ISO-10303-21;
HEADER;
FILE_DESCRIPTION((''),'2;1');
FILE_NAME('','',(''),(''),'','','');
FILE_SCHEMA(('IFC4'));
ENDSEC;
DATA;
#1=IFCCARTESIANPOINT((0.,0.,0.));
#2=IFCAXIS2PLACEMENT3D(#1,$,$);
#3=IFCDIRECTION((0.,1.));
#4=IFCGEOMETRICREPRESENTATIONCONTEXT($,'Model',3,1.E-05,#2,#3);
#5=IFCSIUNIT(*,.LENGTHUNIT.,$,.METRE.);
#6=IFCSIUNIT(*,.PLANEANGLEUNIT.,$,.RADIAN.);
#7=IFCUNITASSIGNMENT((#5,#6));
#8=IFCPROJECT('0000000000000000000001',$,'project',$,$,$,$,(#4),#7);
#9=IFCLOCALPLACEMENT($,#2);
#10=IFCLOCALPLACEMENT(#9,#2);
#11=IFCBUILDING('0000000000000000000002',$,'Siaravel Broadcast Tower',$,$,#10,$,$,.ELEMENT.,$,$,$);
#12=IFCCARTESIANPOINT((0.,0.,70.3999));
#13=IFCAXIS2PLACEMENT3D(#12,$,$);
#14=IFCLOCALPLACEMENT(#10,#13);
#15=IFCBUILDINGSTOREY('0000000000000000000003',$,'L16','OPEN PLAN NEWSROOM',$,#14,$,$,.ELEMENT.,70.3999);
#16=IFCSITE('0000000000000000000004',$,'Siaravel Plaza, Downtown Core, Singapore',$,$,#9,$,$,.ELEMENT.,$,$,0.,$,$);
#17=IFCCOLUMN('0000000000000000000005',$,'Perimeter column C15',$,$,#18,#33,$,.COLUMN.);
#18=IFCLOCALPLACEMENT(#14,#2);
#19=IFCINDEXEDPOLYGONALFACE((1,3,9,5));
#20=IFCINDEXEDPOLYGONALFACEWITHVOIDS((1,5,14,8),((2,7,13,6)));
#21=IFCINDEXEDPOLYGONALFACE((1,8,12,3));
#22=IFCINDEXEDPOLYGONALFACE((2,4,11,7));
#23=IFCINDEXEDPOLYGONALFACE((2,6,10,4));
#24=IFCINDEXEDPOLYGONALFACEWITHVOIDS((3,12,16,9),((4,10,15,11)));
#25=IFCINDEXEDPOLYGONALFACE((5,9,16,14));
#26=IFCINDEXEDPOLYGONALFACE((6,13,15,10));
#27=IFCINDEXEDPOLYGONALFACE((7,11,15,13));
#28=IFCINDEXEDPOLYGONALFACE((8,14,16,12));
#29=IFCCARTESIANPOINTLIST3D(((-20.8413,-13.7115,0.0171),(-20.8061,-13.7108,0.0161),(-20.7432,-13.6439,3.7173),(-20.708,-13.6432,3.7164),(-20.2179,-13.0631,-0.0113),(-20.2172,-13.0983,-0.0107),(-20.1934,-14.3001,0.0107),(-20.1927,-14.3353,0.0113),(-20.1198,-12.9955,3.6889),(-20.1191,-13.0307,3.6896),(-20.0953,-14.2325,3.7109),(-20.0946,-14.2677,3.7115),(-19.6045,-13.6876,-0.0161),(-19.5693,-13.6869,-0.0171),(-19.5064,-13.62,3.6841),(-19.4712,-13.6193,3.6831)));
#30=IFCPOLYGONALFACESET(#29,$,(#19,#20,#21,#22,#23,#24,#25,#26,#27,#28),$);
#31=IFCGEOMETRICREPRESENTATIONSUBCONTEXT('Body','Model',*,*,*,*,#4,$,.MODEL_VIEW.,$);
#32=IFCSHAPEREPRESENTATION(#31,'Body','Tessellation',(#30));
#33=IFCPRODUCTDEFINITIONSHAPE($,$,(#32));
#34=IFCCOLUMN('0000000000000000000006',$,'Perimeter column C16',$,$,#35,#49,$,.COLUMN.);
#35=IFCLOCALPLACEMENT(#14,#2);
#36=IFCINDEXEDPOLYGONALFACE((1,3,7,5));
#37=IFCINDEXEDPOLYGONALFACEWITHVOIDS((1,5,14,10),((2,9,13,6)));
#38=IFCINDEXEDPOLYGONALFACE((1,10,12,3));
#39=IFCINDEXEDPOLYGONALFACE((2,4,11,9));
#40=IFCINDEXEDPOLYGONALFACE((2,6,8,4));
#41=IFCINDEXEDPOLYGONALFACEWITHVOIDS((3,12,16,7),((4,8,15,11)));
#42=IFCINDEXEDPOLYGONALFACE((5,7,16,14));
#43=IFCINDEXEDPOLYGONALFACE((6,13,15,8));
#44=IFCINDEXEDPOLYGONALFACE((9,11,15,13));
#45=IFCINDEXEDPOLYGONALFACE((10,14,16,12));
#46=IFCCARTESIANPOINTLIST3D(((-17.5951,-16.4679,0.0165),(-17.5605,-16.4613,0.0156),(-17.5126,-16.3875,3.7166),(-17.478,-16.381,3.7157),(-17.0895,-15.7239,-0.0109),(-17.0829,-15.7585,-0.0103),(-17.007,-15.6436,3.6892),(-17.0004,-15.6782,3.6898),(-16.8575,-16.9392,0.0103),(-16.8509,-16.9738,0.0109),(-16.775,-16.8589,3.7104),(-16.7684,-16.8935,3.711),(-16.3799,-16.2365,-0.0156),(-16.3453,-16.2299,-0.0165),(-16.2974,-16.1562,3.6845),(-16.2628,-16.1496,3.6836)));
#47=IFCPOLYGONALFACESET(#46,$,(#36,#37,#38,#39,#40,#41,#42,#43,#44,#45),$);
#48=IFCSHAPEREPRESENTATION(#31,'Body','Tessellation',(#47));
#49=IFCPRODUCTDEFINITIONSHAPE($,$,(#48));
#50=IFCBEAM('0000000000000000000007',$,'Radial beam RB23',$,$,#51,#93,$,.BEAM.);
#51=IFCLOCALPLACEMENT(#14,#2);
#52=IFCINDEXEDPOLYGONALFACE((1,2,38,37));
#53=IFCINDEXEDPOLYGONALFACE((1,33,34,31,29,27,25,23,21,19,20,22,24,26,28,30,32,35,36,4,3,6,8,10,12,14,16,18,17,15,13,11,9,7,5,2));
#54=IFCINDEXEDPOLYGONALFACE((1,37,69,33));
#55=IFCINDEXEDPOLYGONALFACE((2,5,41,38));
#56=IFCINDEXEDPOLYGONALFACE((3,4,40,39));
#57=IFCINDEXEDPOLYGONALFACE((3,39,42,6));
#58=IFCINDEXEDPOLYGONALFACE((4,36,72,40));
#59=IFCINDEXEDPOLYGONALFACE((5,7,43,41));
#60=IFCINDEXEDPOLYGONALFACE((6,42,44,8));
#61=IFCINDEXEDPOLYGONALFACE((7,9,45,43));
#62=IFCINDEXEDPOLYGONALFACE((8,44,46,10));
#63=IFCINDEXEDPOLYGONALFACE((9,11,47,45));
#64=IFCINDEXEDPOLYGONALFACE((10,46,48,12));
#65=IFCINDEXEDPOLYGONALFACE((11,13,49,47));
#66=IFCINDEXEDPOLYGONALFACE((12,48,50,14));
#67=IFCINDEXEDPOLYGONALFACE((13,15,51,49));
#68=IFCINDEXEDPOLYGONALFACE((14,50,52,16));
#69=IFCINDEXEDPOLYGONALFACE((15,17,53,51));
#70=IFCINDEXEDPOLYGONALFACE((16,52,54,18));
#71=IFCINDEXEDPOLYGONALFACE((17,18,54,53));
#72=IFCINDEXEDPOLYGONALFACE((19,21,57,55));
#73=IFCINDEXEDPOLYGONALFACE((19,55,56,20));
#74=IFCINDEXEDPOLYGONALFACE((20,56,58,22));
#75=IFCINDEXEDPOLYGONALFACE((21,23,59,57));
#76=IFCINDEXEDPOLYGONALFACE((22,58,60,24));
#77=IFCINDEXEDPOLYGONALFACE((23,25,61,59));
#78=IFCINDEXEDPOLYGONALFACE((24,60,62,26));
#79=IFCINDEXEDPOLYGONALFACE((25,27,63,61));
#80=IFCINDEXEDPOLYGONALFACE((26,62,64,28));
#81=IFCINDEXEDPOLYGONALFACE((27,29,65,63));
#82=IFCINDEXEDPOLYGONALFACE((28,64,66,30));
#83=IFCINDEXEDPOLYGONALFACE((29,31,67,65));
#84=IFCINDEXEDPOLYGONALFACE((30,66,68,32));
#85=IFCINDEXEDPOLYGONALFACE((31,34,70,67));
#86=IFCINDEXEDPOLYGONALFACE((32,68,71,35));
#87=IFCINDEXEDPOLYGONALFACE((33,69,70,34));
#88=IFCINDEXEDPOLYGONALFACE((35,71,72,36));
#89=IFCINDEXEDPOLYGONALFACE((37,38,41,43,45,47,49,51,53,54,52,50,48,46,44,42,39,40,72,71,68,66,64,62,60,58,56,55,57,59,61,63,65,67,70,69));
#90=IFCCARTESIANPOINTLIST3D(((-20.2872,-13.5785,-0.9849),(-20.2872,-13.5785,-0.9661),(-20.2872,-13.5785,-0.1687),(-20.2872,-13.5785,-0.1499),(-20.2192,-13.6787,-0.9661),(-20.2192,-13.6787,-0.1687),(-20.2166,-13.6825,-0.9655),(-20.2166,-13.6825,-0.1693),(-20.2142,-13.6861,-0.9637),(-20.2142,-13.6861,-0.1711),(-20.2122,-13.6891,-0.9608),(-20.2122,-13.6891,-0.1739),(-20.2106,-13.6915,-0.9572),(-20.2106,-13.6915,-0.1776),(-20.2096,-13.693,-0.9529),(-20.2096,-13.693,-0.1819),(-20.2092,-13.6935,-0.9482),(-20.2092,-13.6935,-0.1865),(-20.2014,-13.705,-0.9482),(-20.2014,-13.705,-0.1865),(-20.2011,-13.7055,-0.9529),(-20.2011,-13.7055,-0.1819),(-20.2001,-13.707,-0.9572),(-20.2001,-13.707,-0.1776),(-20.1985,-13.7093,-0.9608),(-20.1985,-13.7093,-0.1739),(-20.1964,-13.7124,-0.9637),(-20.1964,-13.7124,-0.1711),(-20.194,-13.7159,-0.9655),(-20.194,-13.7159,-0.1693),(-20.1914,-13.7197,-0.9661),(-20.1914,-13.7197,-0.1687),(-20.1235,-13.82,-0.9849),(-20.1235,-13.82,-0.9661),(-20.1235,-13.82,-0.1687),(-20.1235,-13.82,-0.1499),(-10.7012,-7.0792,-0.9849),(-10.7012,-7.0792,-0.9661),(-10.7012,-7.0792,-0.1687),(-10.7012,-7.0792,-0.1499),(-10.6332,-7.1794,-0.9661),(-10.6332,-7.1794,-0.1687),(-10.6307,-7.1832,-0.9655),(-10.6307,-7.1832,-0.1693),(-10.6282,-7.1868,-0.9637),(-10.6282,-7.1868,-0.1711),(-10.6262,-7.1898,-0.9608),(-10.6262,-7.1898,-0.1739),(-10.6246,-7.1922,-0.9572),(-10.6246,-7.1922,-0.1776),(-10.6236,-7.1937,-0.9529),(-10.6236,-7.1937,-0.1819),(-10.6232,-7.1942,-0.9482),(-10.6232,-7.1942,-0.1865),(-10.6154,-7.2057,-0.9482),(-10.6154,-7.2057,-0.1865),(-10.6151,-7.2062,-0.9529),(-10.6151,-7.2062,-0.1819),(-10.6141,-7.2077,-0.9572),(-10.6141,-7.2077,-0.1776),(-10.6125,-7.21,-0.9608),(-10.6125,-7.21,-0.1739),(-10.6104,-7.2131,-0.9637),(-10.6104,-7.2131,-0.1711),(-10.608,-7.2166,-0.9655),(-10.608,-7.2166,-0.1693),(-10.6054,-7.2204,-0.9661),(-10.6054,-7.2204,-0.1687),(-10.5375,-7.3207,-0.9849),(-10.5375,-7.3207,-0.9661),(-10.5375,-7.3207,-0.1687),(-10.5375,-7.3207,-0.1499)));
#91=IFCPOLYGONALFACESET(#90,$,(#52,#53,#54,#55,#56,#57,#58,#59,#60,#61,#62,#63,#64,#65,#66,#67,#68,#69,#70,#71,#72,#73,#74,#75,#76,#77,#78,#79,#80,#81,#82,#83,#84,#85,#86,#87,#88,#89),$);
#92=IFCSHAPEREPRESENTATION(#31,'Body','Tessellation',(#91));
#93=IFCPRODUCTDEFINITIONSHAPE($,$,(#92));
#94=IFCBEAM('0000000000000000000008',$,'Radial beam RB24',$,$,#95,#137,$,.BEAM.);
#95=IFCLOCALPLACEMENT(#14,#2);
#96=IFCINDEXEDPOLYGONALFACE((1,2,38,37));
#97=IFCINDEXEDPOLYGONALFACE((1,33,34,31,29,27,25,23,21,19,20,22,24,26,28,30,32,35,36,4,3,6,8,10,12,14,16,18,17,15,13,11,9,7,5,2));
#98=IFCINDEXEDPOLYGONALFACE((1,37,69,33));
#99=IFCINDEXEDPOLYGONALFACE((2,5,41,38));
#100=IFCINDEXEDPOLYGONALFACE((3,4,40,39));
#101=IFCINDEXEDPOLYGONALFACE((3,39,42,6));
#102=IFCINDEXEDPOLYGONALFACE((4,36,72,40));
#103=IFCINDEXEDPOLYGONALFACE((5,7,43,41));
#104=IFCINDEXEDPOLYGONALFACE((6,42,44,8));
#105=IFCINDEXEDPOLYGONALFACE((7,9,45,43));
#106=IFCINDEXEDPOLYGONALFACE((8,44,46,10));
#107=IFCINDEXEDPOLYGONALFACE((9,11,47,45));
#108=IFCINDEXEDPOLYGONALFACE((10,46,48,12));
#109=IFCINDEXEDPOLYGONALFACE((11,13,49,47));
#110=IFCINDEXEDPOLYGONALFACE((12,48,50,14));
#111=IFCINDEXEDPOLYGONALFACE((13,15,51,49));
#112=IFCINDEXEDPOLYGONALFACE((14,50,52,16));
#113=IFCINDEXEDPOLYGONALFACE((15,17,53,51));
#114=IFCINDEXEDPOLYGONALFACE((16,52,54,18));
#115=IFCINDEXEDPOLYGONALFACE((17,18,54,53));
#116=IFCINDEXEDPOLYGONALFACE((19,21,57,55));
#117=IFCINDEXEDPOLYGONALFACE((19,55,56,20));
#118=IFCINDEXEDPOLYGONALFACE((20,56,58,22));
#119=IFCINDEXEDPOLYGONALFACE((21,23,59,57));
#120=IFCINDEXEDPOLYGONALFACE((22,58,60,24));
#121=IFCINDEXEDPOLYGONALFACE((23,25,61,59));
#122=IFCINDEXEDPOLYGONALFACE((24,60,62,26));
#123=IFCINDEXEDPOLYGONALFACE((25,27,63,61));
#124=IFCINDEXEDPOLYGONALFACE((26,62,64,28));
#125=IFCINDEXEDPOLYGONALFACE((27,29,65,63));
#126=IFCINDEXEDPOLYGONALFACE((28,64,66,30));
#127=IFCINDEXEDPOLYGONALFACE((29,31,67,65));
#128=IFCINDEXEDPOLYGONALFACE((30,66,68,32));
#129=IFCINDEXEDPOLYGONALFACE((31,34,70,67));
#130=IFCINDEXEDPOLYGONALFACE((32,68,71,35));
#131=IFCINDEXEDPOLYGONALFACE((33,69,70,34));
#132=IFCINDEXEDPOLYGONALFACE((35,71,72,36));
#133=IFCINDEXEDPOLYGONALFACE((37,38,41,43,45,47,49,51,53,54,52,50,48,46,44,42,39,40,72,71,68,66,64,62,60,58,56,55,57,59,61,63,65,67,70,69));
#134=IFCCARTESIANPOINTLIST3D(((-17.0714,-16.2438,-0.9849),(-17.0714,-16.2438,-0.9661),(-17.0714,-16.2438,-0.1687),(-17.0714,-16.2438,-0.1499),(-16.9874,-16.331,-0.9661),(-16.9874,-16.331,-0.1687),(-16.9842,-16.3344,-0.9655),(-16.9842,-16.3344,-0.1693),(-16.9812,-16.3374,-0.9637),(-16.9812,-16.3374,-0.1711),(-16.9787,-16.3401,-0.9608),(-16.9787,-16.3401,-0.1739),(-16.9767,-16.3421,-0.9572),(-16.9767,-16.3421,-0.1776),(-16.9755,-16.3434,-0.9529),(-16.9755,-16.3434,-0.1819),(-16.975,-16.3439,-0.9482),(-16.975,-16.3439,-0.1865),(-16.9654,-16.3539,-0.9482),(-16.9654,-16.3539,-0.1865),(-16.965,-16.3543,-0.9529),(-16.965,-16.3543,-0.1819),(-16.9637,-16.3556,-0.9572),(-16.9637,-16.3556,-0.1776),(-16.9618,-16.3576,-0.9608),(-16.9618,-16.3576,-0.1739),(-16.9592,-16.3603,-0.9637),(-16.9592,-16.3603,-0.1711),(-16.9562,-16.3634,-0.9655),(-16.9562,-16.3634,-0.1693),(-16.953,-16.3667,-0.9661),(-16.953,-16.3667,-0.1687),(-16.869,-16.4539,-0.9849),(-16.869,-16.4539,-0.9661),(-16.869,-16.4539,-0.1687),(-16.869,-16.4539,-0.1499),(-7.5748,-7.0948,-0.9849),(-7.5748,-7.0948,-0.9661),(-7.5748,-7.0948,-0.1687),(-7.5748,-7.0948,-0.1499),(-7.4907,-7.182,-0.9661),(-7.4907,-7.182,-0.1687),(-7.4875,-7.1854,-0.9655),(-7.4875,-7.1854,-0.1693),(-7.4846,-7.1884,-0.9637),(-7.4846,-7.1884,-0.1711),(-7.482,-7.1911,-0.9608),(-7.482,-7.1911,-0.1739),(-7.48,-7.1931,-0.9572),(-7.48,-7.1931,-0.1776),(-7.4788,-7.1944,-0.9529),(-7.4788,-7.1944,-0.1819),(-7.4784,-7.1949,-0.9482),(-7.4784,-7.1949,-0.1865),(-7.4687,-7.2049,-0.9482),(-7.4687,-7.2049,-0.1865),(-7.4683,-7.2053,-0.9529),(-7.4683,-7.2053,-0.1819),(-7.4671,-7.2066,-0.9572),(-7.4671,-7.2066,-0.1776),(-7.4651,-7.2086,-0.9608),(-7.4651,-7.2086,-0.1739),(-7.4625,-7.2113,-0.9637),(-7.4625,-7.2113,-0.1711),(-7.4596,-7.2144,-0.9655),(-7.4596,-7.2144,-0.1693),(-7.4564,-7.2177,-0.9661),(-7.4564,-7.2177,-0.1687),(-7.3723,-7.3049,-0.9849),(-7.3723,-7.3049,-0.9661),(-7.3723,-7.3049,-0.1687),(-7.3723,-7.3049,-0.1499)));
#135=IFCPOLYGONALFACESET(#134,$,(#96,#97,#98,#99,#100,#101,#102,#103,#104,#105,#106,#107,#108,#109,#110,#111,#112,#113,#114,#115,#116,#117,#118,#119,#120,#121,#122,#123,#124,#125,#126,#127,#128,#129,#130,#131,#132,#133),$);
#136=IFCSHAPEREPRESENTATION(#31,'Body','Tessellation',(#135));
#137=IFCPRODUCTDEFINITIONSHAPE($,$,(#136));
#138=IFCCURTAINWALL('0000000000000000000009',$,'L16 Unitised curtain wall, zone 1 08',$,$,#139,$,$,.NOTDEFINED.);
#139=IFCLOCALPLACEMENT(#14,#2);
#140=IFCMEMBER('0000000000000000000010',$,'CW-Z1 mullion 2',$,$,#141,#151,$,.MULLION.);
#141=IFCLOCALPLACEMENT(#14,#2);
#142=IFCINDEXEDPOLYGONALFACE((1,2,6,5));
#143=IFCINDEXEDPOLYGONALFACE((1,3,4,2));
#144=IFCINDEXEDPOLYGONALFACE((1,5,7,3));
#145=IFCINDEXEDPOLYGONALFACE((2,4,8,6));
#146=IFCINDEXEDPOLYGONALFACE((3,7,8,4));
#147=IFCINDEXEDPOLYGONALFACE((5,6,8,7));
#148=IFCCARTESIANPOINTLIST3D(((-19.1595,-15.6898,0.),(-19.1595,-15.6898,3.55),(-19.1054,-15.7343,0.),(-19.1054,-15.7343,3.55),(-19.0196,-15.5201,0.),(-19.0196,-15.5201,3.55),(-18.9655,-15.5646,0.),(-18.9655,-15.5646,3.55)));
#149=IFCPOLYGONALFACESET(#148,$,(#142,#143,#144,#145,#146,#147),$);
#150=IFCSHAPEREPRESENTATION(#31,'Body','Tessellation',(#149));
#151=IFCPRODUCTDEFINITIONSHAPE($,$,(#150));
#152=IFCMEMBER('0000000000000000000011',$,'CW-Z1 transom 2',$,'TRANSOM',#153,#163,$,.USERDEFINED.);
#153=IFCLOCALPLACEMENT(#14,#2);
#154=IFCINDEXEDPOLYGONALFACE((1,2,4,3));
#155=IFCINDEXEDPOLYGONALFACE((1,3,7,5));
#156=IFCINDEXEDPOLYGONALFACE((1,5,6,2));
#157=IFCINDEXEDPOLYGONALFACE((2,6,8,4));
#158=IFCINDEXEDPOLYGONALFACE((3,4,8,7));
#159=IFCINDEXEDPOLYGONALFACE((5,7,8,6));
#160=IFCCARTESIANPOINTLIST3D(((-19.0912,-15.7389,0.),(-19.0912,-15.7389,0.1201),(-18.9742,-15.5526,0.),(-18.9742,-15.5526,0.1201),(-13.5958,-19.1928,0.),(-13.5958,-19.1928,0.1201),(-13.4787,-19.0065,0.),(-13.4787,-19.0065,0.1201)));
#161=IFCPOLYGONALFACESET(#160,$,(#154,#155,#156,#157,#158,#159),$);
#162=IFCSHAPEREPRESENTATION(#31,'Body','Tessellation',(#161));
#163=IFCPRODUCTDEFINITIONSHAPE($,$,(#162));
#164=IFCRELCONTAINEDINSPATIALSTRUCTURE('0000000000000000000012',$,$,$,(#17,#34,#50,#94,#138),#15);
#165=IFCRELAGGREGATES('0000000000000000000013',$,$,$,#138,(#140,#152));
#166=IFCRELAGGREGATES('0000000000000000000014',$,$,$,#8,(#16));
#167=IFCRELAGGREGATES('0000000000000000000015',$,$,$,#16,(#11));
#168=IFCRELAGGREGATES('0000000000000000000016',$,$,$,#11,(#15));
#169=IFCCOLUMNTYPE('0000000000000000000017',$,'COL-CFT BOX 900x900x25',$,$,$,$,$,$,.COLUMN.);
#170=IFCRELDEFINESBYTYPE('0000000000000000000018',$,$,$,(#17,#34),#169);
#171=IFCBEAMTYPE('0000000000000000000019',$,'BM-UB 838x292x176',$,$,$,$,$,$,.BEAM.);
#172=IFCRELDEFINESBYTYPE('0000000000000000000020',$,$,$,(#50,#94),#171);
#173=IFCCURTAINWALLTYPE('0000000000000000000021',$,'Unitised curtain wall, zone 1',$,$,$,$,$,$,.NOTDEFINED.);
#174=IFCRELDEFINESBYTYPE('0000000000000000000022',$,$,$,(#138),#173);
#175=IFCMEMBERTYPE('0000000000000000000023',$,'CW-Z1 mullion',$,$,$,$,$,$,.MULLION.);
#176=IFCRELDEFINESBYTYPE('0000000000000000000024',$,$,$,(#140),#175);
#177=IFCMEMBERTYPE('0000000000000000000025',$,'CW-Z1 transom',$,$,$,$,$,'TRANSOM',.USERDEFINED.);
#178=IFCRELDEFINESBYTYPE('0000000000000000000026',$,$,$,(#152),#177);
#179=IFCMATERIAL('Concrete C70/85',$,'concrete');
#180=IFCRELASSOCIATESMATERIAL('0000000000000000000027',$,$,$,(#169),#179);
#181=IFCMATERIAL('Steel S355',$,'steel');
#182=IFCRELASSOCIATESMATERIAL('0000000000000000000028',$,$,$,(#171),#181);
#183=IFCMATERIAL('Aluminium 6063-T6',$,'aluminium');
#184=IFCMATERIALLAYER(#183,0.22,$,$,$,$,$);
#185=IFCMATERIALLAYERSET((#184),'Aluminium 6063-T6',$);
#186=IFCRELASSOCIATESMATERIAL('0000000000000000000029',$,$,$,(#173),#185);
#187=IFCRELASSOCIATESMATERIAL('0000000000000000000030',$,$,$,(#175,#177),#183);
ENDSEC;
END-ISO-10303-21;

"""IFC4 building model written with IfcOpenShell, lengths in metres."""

from ifc_helpers import new_model, si_unit, direction, frame, origin, origin_2d, place, context, subcontext, project, spatial, rectangle, hollow_rectangle, i_section, extrude, material, layer, layer_set, material_profile, profile_set, type_object, element, aggregate, save


model = new_model("IFC4")

# Units and contexts
model_context = context("Model", 3, precision=1e-05, world=origin(), true_north=direction((0.0, 1.0)))
body_context = subcontext(model_context, "Body", "Model", "MODEL_VIEW")
ifc_project = project(units=[si_unit("LENGTHUNIT", "METRE"), si_unit("PLANEANGLEUNIT", "RADIAN")], contexts=[model_context])

# Site, building, storey
site_placement = place(None, origin())
site = spatial("IfcSite", under=ifc_project, at=site_placement, Name="Siaravel Plaza, Downtown Core, Singapore", CompositionType="ELEMENT", RefElevation=0.0)
building_placement = place(site_placement, origin())
building = spatial("IfcBuilding", under=site, at=building_placement, Name="Siaravel Broadcast Tower", CompositionType="ELEMENT")
storey_placement = place(building_placement, frame((0.0, 0.0, 70.3999)))
storey = spatial("IfcBuildingStorey", under=building, at=storey_placement, Name="L16", Description="OPEN PLAN NEWSROOM", CompositionType="ELEMENT", Elevation=70.3999)

# Columns
ifc_material_1 = material(Name="Concrete C70/85", Category="concrete")
ifc_material_profile_1 = material_profile(ifc_material_1, hollow_rectangle(XDim=0.8999, YDim=0.8999, WallThickness=0.0249, at=origin_2d()))
ifc_profile_set_1 = profile_set([ifc_material_profile_1], Name="Concrete C70/85")
column_type = type_object("IfcColumnType", Name="COL-CFT BOX 900x900x25", PredefinedType="COLUMN", material=ifc_profile_set_1)
column_1_placement = place(storey_placement, frame((-20.2053, -13.6992, 0.0), z_axis=(0.02651, 0.018267, 0.999482), x_axis=(-0.720731, 0.693184, 0.006448)))
element("IfcColumn", 1, at=column_1_placement, inside=storey, type_object=column_type, Name="Perimeter column C15", PredefinedType="COLUMN", context=body_context, shape_type="SweptSolid", body=[
    extrude(hollow_rectangle(XDim=0.8999, YDim=0.8999, WallThickness=0.0249, at=origin_2d()), origin(), (0.0, 0.0, 1.0), 3.7021),
])
column_2_placement = place(storey_placement, frame((-16.9702, -16.3489, 0.0), z_axis=(0.022291, 0.021697, 0.999516), x_axis=(-0.826952, 0.562239, 0.006237)))
element("IfcColumn", 2, at=column_2_placement, inside=storey, type_object=column_type, Name="Perimeter column C16", PredefinedType="COLUMN", context=body_context, shape_type="SweptSolid", body=[
    extrude(hollow_rectangle(XDim=0.8999, YDim=0.8999, WallThickness=0.0249, at=origin_2d()), origin(), (0.0, 0.0, 1.0), 3.7019),
])

# Beams
ifc_material_2 = material(Name="Steel S355", Category="steel")
ifc_material_profile_2 = material_profile(ifc_material_2, i_section(OverallWidth=0.2917, OverallDepth=0.835, WebThickness=0.0139, FlangeThickness=0.0188, FilletRadius=0.0178, at=origin_2d()))
ifc_profile_set_2 = profile_set([ifc_material_profile_2], Name="Steel S355")
beam_type = type_object("IfcBeamType", Name="BM-UB 838x292x176", PredefinedType="BEAM", material=ifc_profile_set_2)
beam_1_placement = place(storey_placement, frame((-20.2053, -13.6992, -0.5674), z_axis=(0.827695, 0.561178, 0.0), x_axis=(-0.561178, 0.827695, 0.0)))
element("IfcBeam", 3, at=beam_1_placement, inside=storey, type_object=beam_type, Name="Radial beam RB23", PredefinedType="BEAM", context=body_context, shape_type="SweptSolid", body=[
    extrude(i_section(OverallWidth=0.2917, OverallDepth=0.835, WebThickness=0.0139, FlangeThickness=0.0188, FilletRadius=0.0178, at=origin_2d()), origin(), (0.0, 0.0, 1.0), 11.5815),
])
beam_2_placement = place(storey_placement, frame((-16.9702, -16.3489, -0.5674), z_axis=(0.720166, 0.693802, 0.0), x_axis=(-0.693802, 0.720166, 0.0)))
element("IfcBeam", 4, at=beam_2_placement, inside=storey, type_object=beam_type, Name="Radial beam RB24", PredefinedType="BEAM", context=body_context, shape_type="SweptSolid", body=[
    extrude(i_section(OverallWidth=0.2917, OverallDepth=0.835, WebThickness=0.0139, FlangeThickness=0.0188, FilletRadius=0.0178, at=origin_2d()), origin(), (0.0, 0.0, 1.0), 13.1868),
])

# Curtain wall, members
ifc_material_3 = material(Name="Aluminium 6063-T6", Category="aluminium")
ifc_layer_1 = layer(ifc_material_3, 0.22)
ifc_layer_set_1 = layer_set([ifc_layer_1], Name="Aluminium 6063-T6")
curtain_wall_type = type_object("IfcCurtainWallType", Name="Unitised curtain wall, zone 1", PredefinedType="NOTDEFINED", material=ifc_layer_set_1)
curtain_wall_placement = place(storey_placement, origin())
curtain_wall = element("IfcCurtainWall", 5, at=curtain_wall_placement, inside=storey, type_object=curtain_wall_type, Name="L16 Unitised curtain wall, zone 1 08", PredefinedType="NOTDEFINED")
ifc_material_profile_3 = material_profile(ifc_material_3, rectangle(XDim=0.22, YDim=0.0701, at=origin_2d()))
ifc_profile_set_3 = profile_set([ifc_material_profile_3], Name="Aluminium 6063-T6")
member_type_1 = type_object("IfcMemberType", Name="CW-Z1 mullion", PredefinedType="MULLION", material=ifc_profile_set_3)
member_1_placement = place(storey_placement, frame((-19.0625, -15.6272, 0.0), z_axis=(0.0, 0.0, 1.0), x_axis=(0.636219, 0.771508, 0.0)))
member_1 = element("IfcMember", 6, at=member_1_placement, type_object=member_type_1, Name="CW-Z1 mullion 2", PredefinedType="MULLION", context=body_context, shape_type="SweptSolid", body=[
    extrude(rectangle(XDim=0.22, YDim=0.0701, at=origin_2d()), origin(), (0.0, 0.0, 1.0), 3.55),
])
ifc_material_profile_4 = material_profile(ifc_material_3, rectangle(XDim=0.22, YDim=0.1201, at=origin_2d()))
ifc_profile_set_4 = profile_set([ifc_material_profile_4], Name="Aluminium 6063-T6")
member_type_2 = type_object("IfcMemberType", Name="CW-Z1 transom", ElementType="TRANSOM", PredefinedType="USERDEFINED", material=ifc_profile_set_4)
member_2_placement = place(storey_placement, frame((-19.0327, -15.6458, 0.0601), z_axis=(0.846662, -0.532131, 0.0), x_axis=(0.532131, 0.846662, 0.0)))
member_2 = element("IfcMember", 7, at=member_2_placement, type_object=member_type_2, Name="CW-Z1 transom 2", ObjectType="TRANSOM", PredefinedType="USERDEFINED", context=body_context, shape_type="SweptSolid", body=[
    extrude(rectangle(XDim=0.22, YDim=0.1201, at=origin_2d()), origin(), (0.0, 0.0, 1.0), 6.4907),
])

aggregate(curtain_wall, [member_1, member_2])

save(model, "model.ifc")
